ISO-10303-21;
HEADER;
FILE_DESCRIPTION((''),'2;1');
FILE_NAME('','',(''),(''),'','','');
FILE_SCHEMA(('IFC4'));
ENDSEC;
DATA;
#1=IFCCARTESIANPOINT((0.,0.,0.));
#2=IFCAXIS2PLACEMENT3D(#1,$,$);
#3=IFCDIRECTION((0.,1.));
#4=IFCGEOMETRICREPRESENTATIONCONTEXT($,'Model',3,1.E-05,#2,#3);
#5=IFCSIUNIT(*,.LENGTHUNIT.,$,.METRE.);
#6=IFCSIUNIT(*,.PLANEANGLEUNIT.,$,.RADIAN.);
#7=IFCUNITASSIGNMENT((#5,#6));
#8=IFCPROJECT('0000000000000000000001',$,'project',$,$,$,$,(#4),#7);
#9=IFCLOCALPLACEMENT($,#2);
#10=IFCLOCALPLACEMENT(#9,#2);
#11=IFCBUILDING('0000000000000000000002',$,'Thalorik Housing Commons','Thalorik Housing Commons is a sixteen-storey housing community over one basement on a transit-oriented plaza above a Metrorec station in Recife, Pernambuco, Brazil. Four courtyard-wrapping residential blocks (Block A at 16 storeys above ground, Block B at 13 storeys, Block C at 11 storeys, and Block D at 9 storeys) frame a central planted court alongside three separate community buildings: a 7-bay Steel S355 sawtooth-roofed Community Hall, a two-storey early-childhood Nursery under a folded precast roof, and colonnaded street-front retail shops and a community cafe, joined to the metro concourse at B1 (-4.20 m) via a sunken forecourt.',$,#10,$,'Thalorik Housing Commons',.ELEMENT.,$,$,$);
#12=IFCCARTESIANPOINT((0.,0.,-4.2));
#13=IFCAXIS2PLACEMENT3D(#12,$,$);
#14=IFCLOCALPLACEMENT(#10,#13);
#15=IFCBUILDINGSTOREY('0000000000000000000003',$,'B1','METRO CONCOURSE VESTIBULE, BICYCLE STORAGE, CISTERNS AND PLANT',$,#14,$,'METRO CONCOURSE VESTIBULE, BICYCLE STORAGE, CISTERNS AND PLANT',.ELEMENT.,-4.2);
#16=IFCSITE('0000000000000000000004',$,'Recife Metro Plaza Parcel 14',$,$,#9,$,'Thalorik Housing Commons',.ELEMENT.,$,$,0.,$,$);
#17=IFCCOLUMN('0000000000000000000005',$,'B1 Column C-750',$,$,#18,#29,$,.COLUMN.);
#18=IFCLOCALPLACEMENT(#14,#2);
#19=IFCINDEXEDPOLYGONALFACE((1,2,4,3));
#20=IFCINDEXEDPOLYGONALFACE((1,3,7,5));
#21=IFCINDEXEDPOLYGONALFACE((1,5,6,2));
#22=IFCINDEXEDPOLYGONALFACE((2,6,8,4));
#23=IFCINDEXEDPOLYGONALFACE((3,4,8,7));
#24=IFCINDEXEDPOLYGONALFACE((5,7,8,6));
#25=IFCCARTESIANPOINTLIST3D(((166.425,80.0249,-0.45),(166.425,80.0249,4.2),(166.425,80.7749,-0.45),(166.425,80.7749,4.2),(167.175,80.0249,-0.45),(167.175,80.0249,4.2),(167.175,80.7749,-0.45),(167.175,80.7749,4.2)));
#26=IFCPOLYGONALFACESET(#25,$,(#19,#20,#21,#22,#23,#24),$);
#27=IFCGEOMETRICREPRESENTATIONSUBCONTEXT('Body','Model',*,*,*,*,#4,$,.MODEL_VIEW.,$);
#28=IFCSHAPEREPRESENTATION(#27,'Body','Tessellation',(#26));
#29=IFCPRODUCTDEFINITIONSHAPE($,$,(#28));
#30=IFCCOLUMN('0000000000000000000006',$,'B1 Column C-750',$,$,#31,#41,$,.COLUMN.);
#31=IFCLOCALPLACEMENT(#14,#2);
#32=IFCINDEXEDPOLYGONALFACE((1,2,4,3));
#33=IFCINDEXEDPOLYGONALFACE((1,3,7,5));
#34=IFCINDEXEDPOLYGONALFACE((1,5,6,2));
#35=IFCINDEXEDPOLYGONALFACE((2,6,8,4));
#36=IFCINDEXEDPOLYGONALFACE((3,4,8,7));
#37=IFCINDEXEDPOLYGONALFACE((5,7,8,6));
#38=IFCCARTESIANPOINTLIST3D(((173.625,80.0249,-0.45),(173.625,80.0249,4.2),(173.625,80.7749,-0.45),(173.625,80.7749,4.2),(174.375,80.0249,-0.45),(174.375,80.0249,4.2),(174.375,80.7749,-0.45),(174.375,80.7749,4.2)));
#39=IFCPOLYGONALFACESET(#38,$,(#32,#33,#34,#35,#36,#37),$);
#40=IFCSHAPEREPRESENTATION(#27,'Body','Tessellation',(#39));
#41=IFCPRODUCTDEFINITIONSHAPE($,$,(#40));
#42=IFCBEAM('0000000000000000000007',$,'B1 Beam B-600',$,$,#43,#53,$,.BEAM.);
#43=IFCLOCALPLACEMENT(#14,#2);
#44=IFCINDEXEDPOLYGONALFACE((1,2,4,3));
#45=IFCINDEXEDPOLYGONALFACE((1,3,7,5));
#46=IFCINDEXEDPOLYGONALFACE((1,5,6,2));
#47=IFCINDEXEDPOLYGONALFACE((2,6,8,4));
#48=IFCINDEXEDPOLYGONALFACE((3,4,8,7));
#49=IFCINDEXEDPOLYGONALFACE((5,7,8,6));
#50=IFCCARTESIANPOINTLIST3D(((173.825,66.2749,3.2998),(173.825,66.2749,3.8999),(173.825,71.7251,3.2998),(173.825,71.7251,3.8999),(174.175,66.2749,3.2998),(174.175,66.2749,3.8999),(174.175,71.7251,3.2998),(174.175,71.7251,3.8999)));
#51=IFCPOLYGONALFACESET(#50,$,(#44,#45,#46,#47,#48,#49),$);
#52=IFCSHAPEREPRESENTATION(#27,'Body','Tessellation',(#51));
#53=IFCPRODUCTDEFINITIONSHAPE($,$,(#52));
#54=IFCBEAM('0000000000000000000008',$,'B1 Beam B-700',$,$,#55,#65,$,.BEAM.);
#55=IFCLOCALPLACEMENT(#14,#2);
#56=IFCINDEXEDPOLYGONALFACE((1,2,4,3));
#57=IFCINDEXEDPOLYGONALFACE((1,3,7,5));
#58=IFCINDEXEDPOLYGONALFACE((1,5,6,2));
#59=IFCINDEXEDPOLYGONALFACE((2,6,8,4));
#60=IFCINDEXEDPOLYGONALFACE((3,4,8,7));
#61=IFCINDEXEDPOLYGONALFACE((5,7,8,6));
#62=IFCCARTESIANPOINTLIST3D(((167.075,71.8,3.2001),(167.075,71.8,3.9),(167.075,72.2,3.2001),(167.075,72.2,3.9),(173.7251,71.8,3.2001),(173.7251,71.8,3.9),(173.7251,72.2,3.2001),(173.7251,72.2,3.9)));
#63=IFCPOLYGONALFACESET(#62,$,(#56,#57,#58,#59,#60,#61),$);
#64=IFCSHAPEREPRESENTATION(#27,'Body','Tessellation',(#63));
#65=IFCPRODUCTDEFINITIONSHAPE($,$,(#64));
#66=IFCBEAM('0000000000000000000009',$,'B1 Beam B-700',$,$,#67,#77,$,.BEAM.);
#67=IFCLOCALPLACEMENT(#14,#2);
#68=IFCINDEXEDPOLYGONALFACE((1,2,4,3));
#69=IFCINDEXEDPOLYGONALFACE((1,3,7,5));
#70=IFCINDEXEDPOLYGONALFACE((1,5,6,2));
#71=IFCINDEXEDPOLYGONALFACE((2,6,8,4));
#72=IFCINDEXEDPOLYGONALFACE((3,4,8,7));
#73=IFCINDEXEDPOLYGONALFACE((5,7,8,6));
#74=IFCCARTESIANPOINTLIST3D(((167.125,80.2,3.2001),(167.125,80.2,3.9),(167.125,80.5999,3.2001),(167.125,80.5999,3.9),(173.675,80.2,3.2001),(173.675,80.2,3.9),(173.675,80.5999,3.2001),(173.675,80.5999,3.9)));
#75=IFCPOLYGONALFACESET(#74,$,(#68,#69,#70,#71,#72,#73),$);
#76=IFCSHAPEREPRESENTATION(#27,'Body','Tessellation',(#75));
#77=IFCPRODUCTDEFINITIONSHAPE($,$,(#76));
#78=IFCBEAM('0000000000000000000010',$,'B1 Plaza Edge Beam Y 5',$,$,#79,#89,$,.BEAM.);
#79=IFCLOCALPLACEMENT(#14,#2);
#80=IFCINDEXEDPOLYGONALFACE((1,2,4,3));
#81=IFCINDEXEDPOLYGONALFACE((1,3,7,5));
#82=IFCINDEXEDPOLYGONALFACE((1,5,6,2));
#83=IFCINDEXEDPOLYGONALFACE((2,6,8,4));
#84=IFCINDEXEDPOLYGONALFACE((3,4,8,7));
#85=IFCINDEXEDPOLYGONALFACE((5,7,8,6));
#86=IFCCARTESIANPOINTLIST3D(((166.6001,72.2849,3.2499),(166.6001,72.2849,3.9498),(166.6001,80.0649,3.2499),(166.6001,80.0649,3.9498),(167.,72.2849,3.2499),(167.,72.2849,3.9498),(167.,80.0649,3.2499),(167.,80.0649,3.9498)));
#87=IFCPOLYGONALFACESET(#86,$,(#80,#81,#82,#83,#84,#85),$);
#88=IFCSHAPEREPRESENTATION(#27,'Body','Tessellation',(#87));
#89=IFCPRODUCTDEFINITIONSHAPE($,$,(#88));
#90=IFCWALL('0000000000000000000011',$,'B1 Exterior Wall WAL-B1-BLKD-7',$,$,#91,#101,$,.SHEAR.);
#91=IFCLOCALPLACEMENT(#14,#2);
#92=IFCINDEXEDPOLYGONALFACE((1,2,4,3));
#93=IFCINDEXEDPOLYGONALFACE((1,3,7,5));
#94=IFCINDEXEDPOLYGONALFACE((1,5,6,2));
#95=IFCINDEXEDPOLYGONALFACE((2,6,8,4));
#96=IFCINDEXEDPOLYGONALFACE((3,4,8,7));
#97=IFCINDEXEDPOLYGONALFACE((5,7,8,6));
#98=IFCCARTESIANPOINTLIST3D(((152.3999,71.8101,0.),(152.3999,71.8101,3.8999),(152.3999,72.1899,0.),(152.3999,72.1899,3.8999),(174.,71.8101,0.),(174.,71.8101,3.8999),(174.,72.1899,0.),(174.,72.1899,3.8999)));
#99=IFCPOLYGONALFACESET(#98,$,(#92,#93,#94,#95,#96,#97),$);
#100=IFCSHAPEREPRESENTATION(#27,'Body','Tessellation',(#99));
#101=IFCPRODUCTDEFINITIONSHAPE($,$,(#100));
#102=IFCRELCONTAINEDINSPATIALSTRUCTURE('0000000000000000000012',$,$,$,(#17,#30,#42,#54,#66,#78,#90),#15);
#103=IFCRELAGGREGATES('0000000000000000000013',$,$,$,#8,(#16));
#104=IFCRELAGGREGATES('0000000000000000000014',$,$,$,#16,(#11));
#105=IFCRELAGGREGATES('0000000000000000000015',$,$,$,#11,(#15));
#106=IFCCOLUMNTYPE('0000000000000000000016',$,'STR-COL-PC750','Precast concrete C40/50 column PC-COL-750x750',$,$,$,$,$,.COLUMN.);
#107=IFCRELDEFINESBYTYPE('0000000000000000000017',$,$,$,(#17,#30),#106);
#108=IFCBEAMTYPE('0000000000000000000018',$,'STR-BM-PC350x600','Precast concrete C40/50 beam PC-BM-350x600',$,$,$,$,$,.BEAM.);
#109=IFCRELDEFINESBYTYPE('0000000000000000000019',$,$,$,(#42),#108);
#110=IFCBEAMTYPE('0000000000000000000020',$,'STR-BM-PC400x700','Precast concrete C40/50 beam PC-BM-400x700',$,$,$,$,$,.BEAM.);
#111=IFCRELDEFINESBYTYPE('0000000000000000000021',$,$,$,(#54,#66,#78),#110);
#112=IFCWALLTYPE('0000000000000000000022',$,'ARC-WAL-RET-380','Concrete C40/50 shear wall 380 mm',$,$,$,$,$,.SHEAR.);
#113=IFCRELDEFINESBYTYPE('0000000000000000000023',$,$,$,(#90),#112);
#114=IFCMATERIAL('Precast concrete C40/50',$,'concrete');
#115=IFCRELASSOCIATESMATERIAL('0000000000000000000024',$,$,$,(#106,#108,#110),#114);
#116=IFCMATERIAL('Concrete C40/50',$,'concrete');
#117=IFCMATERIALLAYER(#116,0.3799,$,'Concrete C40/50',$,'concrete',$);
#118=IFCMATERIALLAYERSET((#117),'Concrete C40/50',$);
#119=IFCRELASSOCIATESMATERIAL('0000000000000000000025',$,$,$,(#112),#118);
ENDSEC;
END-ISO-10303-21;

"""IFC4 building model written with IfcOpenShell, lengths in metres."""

from ifc_helpers import new_model, si_unit, direction, frame, frame_2d, origin, origin_2d, place, context, subcontext, project, spatial, rectangle, extrude, material, layer, layer_set, material_profile, profile_set, type_object, element, save


model = new_model("IFC4")

# Units and contexts
model_context = context("Model", 3, precision=1e-05, world=origin(), true_north=direction((0.0, 1.0)))
body_context = subcontext(model_context, "Body", "Model", "MODEL_VIEW")
ifc_project = project(units=[si_unit("LENGTHUNIT", "METRE"), si_unit("PLANEANGLEUNIT", "RADIAN")], contexts=[model_context])

# Site, building, storey
site_placement = place(None, origin())
site = spatial("IfcSite", under=ifc_project, at=site_placement, Name="Recife Metro Plaza Parcel 14", LongName="Thalorik Housing Commons", CompositionType="ELEMENT", RefElevation=0.0)
building_placement = place(site_placement, origin())
building = spatial("IfcBuilding", under=site, at=building_placement, Name="Thalorik Housing Commons", Description="Thalorik Housing Commons is a sixteen-storey housing community over one basement on a transit-oriented plaza above a Metrorec station in Recife, Pernambuco, Brazil. Four courtyard-wrapping residential blocks (Block A at 16 storeys above ground, Block B at 13 storeys, Block C at 11 storeys, and Block D at 9 storeys) frame a central planted court alongside three separate community buildings: a 7-bay Steel S355 sawtooth-roofed Community Hall, a two-storey early-childhood Nursery under a folded precast roof, and colonnaded street-front retail shops and a community cafe, joined to the metro concourse at B1 (-4.20 m) via a sunken forecourt.", LongName="Thalorik Housing Commons", CompositionType="ELEMENT")
storey_placement = place(building_placement, frame((0.0, 0.0, -4.2)))
storey = spatial("IfcBuildingStorey", under=building, at=storey_placement, Name="B1", Description="METRO CONCOURSE VESTIBULE, BICYCLE STORAGE, CISTERNS AND PLANT", LongName="METRO CONCOURSE VESTIBULE, BICYCLE STORAGE, CISTERNS AND PLANT", CompositionType="ELEMENT", Elevation=-4.2)

# Shared definitions
ifc_material_1 = material(Name="Concrete C40/50", Category="concrete")

# Columns
ifc_material_2 = material(Name="Precast concrete C40/50", Category="concrete")
ifc_material_profile_1 = material_profile(ifc_material_2, rectangle(XDim=0.75, YDim=0.75, at=origin_2d()), Name="PC 750x750", Category="concrete")
ifc_profile_set_1 = profile_set([ifc_material_profile_1], Name="Precast concrete C40/50")
column_type_1 = type_object("IfcColumnType", Name="STR-COL-PC750", Description="Precast concrete C40/50 column PC-COL-750x750", PredefinedType="COLUMN", material=ifc_profile_set_1)
for number, where, z_axis, x_axis, name in (
    (1, (166.8, 80.3999, -0.45), (0.0, 0.0, 1.0), (1.0, 0.0, 0.0), "B1 Column C-750"),
    (2, (174.0, 80.3999, -0.45), (0.0, 0.0, 1.0), (1.0, 0.0, 0.0), "B1 Column C-750"),
):
    element("IfcColumn", number, at=place(storey_placement, frame(where, z_axis=z_axis, x_axis=x_axis)), inside=storey, type_object=column_type_1, Name=name, PredefinedType="COLUMN", context=body_context, shape_type="SweptSolid", body=[
        extrude(rectangle(XDim=0.75, YDim=0.75, at=origin_2d()), origin(), (0.0, 0.0, 1.0), 4.6499),
    ])

# Beams
ifc_material_profile_2 = material_profile(ifc_material_2, rectangle(XDim=0.3501, YDim=0.6001, at=origin_2d()), Name="PC 350x600", Category="concrete")
ifc_profile_set_2 = profile_set([ifc_material_profile_2], Name="Precast concrete C40/50")
beam_type_1 = type_object("IfcBeamType", Name="STR-BM-PC350x600", Description="Precast concrete C40/50 beam PC-BM-350x600", PredefinedType="BEAM", material=ifc_profile_set_2)
beam_1_placement = place(storey_placement, frame((174.0, 66.2749, 3.5999), z_axis=(0.0, 1.0, 0.0), x_axis=(-1.0, 0.0, 0.0)))
element("IfcBeam", 3, at=beam_1_placement, inside=storey, type_object=beam_type_1, Name="B1 Beam B-600", PredefinedType="BEAM", context=body_context, shape_type="SweptSolid", body=[
    extrude(rectangle(XDim=0.3501, YDim=0.6001, at=origin_2d()), origin(), (0.0, 0.0, 1.0), 5.4502),
])
ifc_material_profile_3 = material_profile(ifc_material_2, rectangle(XDim=0.3999, YDim=0.7, at=origin_2d()), Name="PC 400x700", Category="concrete")
ifc_profile_set_3 = profile_set([ifc_material_profile_3], Name="Precast concrete C40/50")
beam_type_2 = type_object("IfcBeamType", Name="STR-BM-PC400x700", Description="Precast concrete C40/50 beam PC-BM-400x700", PredefinedType="BEAM", material=ifc_profile_set_3)
beam_2_placement = place(storey_placement, frame((167.075, 72.0, 3.55), z_axis=(1.0, 0.0, 0.0), x_axis=(0.0, 1.0, 0.0)))
element("IfcBeam", 4, at=beam_2_placement, inside=storey, type_object=beam_type_2, Name="B1 Beam B-700", PredefinedType="BEAM", context=body_context, shape_type="SweptSolid", body=[
    extrude(rectangle(XDim=0.3999, YDim=0.7, at=origin_2d()), origin(), (0.0, 0.0, 1.0), 6.6501),
])
beam_3_placement = place(storey_placement, frame((167.125, 80.3999, 3.55), z_axis=(1.0, 0.0, 0.0), x_axis=(0.0, 1.0, 0.0)))
element("IfcBeam", 5, at=beam_3_placement, inside=storey, type_object=beam_type_2, Name="B1 Beam B-700", PredefinedType="BEAM", context=body_context, shape_type="SweptSolid", body=[
    extrude(rectangle(XDim=0.3999, YDim=0.7, at=origin_2d()), origin(), (0.0, 0.0, 1.0), 6.55),
])
beam_4_placement = place(storey_placement, frame((166.8, 72.2849, 3.5999), z_axis=(0.0, 1.0, 0.0), x_axis=(-1.0, 0.0, 0.0)))
element("IfcBeam", 6, at=beam_4_placement, inside=storey, type_object=beam_type_2, Name="B1 Plaza Edge Beam Y 5", PredefinedType="BEAM", context=body_context, shape_type="SweptSolid", body=[
    extrude(rectangle(XDim=0.3999, YDim=0.7, at=origin_2d()), origin(), (0.0, 0.0, 1.0), 7.78),
])

# Wall
ifc_layer = layer(ifc_material_1, 0.3799, Name="Concrete C40/50", Category="concrete")
ifc_layer_set = layer_set([ifc_layer], Name="Concrete C40/50")
wall_type = type_object("IfcWallType", Name="ARC-WAL-RET-380", Description="Concrete C40/50 shear wall 380 mm", PredefinedType="SHEAR", material=ifc_layer_set)
wall_placement = place(storey_placement, frame((174.0, 72.0, 0.0), z_axis=(0.0, 0.0, 1.0), x_axis=(-1.0, 0.0, 0.0)))
element("IfcWall", 7, at=wall_placement, inside=storey, type_object=wall_type, Name="B1 Exterior Wall WAL-B1-BLKD-7", PredefinedType="SHEAR", context=body_context, shape_type="SweptSolid", body=[
    extrude(rectangle(XDim=21.6001, YDim=0.3799, at=frame_2d((10.8, 0.0))), origin(), (0.0, 0.0, 1.0), 3.8999),
])

save(model, "model.ifc")
